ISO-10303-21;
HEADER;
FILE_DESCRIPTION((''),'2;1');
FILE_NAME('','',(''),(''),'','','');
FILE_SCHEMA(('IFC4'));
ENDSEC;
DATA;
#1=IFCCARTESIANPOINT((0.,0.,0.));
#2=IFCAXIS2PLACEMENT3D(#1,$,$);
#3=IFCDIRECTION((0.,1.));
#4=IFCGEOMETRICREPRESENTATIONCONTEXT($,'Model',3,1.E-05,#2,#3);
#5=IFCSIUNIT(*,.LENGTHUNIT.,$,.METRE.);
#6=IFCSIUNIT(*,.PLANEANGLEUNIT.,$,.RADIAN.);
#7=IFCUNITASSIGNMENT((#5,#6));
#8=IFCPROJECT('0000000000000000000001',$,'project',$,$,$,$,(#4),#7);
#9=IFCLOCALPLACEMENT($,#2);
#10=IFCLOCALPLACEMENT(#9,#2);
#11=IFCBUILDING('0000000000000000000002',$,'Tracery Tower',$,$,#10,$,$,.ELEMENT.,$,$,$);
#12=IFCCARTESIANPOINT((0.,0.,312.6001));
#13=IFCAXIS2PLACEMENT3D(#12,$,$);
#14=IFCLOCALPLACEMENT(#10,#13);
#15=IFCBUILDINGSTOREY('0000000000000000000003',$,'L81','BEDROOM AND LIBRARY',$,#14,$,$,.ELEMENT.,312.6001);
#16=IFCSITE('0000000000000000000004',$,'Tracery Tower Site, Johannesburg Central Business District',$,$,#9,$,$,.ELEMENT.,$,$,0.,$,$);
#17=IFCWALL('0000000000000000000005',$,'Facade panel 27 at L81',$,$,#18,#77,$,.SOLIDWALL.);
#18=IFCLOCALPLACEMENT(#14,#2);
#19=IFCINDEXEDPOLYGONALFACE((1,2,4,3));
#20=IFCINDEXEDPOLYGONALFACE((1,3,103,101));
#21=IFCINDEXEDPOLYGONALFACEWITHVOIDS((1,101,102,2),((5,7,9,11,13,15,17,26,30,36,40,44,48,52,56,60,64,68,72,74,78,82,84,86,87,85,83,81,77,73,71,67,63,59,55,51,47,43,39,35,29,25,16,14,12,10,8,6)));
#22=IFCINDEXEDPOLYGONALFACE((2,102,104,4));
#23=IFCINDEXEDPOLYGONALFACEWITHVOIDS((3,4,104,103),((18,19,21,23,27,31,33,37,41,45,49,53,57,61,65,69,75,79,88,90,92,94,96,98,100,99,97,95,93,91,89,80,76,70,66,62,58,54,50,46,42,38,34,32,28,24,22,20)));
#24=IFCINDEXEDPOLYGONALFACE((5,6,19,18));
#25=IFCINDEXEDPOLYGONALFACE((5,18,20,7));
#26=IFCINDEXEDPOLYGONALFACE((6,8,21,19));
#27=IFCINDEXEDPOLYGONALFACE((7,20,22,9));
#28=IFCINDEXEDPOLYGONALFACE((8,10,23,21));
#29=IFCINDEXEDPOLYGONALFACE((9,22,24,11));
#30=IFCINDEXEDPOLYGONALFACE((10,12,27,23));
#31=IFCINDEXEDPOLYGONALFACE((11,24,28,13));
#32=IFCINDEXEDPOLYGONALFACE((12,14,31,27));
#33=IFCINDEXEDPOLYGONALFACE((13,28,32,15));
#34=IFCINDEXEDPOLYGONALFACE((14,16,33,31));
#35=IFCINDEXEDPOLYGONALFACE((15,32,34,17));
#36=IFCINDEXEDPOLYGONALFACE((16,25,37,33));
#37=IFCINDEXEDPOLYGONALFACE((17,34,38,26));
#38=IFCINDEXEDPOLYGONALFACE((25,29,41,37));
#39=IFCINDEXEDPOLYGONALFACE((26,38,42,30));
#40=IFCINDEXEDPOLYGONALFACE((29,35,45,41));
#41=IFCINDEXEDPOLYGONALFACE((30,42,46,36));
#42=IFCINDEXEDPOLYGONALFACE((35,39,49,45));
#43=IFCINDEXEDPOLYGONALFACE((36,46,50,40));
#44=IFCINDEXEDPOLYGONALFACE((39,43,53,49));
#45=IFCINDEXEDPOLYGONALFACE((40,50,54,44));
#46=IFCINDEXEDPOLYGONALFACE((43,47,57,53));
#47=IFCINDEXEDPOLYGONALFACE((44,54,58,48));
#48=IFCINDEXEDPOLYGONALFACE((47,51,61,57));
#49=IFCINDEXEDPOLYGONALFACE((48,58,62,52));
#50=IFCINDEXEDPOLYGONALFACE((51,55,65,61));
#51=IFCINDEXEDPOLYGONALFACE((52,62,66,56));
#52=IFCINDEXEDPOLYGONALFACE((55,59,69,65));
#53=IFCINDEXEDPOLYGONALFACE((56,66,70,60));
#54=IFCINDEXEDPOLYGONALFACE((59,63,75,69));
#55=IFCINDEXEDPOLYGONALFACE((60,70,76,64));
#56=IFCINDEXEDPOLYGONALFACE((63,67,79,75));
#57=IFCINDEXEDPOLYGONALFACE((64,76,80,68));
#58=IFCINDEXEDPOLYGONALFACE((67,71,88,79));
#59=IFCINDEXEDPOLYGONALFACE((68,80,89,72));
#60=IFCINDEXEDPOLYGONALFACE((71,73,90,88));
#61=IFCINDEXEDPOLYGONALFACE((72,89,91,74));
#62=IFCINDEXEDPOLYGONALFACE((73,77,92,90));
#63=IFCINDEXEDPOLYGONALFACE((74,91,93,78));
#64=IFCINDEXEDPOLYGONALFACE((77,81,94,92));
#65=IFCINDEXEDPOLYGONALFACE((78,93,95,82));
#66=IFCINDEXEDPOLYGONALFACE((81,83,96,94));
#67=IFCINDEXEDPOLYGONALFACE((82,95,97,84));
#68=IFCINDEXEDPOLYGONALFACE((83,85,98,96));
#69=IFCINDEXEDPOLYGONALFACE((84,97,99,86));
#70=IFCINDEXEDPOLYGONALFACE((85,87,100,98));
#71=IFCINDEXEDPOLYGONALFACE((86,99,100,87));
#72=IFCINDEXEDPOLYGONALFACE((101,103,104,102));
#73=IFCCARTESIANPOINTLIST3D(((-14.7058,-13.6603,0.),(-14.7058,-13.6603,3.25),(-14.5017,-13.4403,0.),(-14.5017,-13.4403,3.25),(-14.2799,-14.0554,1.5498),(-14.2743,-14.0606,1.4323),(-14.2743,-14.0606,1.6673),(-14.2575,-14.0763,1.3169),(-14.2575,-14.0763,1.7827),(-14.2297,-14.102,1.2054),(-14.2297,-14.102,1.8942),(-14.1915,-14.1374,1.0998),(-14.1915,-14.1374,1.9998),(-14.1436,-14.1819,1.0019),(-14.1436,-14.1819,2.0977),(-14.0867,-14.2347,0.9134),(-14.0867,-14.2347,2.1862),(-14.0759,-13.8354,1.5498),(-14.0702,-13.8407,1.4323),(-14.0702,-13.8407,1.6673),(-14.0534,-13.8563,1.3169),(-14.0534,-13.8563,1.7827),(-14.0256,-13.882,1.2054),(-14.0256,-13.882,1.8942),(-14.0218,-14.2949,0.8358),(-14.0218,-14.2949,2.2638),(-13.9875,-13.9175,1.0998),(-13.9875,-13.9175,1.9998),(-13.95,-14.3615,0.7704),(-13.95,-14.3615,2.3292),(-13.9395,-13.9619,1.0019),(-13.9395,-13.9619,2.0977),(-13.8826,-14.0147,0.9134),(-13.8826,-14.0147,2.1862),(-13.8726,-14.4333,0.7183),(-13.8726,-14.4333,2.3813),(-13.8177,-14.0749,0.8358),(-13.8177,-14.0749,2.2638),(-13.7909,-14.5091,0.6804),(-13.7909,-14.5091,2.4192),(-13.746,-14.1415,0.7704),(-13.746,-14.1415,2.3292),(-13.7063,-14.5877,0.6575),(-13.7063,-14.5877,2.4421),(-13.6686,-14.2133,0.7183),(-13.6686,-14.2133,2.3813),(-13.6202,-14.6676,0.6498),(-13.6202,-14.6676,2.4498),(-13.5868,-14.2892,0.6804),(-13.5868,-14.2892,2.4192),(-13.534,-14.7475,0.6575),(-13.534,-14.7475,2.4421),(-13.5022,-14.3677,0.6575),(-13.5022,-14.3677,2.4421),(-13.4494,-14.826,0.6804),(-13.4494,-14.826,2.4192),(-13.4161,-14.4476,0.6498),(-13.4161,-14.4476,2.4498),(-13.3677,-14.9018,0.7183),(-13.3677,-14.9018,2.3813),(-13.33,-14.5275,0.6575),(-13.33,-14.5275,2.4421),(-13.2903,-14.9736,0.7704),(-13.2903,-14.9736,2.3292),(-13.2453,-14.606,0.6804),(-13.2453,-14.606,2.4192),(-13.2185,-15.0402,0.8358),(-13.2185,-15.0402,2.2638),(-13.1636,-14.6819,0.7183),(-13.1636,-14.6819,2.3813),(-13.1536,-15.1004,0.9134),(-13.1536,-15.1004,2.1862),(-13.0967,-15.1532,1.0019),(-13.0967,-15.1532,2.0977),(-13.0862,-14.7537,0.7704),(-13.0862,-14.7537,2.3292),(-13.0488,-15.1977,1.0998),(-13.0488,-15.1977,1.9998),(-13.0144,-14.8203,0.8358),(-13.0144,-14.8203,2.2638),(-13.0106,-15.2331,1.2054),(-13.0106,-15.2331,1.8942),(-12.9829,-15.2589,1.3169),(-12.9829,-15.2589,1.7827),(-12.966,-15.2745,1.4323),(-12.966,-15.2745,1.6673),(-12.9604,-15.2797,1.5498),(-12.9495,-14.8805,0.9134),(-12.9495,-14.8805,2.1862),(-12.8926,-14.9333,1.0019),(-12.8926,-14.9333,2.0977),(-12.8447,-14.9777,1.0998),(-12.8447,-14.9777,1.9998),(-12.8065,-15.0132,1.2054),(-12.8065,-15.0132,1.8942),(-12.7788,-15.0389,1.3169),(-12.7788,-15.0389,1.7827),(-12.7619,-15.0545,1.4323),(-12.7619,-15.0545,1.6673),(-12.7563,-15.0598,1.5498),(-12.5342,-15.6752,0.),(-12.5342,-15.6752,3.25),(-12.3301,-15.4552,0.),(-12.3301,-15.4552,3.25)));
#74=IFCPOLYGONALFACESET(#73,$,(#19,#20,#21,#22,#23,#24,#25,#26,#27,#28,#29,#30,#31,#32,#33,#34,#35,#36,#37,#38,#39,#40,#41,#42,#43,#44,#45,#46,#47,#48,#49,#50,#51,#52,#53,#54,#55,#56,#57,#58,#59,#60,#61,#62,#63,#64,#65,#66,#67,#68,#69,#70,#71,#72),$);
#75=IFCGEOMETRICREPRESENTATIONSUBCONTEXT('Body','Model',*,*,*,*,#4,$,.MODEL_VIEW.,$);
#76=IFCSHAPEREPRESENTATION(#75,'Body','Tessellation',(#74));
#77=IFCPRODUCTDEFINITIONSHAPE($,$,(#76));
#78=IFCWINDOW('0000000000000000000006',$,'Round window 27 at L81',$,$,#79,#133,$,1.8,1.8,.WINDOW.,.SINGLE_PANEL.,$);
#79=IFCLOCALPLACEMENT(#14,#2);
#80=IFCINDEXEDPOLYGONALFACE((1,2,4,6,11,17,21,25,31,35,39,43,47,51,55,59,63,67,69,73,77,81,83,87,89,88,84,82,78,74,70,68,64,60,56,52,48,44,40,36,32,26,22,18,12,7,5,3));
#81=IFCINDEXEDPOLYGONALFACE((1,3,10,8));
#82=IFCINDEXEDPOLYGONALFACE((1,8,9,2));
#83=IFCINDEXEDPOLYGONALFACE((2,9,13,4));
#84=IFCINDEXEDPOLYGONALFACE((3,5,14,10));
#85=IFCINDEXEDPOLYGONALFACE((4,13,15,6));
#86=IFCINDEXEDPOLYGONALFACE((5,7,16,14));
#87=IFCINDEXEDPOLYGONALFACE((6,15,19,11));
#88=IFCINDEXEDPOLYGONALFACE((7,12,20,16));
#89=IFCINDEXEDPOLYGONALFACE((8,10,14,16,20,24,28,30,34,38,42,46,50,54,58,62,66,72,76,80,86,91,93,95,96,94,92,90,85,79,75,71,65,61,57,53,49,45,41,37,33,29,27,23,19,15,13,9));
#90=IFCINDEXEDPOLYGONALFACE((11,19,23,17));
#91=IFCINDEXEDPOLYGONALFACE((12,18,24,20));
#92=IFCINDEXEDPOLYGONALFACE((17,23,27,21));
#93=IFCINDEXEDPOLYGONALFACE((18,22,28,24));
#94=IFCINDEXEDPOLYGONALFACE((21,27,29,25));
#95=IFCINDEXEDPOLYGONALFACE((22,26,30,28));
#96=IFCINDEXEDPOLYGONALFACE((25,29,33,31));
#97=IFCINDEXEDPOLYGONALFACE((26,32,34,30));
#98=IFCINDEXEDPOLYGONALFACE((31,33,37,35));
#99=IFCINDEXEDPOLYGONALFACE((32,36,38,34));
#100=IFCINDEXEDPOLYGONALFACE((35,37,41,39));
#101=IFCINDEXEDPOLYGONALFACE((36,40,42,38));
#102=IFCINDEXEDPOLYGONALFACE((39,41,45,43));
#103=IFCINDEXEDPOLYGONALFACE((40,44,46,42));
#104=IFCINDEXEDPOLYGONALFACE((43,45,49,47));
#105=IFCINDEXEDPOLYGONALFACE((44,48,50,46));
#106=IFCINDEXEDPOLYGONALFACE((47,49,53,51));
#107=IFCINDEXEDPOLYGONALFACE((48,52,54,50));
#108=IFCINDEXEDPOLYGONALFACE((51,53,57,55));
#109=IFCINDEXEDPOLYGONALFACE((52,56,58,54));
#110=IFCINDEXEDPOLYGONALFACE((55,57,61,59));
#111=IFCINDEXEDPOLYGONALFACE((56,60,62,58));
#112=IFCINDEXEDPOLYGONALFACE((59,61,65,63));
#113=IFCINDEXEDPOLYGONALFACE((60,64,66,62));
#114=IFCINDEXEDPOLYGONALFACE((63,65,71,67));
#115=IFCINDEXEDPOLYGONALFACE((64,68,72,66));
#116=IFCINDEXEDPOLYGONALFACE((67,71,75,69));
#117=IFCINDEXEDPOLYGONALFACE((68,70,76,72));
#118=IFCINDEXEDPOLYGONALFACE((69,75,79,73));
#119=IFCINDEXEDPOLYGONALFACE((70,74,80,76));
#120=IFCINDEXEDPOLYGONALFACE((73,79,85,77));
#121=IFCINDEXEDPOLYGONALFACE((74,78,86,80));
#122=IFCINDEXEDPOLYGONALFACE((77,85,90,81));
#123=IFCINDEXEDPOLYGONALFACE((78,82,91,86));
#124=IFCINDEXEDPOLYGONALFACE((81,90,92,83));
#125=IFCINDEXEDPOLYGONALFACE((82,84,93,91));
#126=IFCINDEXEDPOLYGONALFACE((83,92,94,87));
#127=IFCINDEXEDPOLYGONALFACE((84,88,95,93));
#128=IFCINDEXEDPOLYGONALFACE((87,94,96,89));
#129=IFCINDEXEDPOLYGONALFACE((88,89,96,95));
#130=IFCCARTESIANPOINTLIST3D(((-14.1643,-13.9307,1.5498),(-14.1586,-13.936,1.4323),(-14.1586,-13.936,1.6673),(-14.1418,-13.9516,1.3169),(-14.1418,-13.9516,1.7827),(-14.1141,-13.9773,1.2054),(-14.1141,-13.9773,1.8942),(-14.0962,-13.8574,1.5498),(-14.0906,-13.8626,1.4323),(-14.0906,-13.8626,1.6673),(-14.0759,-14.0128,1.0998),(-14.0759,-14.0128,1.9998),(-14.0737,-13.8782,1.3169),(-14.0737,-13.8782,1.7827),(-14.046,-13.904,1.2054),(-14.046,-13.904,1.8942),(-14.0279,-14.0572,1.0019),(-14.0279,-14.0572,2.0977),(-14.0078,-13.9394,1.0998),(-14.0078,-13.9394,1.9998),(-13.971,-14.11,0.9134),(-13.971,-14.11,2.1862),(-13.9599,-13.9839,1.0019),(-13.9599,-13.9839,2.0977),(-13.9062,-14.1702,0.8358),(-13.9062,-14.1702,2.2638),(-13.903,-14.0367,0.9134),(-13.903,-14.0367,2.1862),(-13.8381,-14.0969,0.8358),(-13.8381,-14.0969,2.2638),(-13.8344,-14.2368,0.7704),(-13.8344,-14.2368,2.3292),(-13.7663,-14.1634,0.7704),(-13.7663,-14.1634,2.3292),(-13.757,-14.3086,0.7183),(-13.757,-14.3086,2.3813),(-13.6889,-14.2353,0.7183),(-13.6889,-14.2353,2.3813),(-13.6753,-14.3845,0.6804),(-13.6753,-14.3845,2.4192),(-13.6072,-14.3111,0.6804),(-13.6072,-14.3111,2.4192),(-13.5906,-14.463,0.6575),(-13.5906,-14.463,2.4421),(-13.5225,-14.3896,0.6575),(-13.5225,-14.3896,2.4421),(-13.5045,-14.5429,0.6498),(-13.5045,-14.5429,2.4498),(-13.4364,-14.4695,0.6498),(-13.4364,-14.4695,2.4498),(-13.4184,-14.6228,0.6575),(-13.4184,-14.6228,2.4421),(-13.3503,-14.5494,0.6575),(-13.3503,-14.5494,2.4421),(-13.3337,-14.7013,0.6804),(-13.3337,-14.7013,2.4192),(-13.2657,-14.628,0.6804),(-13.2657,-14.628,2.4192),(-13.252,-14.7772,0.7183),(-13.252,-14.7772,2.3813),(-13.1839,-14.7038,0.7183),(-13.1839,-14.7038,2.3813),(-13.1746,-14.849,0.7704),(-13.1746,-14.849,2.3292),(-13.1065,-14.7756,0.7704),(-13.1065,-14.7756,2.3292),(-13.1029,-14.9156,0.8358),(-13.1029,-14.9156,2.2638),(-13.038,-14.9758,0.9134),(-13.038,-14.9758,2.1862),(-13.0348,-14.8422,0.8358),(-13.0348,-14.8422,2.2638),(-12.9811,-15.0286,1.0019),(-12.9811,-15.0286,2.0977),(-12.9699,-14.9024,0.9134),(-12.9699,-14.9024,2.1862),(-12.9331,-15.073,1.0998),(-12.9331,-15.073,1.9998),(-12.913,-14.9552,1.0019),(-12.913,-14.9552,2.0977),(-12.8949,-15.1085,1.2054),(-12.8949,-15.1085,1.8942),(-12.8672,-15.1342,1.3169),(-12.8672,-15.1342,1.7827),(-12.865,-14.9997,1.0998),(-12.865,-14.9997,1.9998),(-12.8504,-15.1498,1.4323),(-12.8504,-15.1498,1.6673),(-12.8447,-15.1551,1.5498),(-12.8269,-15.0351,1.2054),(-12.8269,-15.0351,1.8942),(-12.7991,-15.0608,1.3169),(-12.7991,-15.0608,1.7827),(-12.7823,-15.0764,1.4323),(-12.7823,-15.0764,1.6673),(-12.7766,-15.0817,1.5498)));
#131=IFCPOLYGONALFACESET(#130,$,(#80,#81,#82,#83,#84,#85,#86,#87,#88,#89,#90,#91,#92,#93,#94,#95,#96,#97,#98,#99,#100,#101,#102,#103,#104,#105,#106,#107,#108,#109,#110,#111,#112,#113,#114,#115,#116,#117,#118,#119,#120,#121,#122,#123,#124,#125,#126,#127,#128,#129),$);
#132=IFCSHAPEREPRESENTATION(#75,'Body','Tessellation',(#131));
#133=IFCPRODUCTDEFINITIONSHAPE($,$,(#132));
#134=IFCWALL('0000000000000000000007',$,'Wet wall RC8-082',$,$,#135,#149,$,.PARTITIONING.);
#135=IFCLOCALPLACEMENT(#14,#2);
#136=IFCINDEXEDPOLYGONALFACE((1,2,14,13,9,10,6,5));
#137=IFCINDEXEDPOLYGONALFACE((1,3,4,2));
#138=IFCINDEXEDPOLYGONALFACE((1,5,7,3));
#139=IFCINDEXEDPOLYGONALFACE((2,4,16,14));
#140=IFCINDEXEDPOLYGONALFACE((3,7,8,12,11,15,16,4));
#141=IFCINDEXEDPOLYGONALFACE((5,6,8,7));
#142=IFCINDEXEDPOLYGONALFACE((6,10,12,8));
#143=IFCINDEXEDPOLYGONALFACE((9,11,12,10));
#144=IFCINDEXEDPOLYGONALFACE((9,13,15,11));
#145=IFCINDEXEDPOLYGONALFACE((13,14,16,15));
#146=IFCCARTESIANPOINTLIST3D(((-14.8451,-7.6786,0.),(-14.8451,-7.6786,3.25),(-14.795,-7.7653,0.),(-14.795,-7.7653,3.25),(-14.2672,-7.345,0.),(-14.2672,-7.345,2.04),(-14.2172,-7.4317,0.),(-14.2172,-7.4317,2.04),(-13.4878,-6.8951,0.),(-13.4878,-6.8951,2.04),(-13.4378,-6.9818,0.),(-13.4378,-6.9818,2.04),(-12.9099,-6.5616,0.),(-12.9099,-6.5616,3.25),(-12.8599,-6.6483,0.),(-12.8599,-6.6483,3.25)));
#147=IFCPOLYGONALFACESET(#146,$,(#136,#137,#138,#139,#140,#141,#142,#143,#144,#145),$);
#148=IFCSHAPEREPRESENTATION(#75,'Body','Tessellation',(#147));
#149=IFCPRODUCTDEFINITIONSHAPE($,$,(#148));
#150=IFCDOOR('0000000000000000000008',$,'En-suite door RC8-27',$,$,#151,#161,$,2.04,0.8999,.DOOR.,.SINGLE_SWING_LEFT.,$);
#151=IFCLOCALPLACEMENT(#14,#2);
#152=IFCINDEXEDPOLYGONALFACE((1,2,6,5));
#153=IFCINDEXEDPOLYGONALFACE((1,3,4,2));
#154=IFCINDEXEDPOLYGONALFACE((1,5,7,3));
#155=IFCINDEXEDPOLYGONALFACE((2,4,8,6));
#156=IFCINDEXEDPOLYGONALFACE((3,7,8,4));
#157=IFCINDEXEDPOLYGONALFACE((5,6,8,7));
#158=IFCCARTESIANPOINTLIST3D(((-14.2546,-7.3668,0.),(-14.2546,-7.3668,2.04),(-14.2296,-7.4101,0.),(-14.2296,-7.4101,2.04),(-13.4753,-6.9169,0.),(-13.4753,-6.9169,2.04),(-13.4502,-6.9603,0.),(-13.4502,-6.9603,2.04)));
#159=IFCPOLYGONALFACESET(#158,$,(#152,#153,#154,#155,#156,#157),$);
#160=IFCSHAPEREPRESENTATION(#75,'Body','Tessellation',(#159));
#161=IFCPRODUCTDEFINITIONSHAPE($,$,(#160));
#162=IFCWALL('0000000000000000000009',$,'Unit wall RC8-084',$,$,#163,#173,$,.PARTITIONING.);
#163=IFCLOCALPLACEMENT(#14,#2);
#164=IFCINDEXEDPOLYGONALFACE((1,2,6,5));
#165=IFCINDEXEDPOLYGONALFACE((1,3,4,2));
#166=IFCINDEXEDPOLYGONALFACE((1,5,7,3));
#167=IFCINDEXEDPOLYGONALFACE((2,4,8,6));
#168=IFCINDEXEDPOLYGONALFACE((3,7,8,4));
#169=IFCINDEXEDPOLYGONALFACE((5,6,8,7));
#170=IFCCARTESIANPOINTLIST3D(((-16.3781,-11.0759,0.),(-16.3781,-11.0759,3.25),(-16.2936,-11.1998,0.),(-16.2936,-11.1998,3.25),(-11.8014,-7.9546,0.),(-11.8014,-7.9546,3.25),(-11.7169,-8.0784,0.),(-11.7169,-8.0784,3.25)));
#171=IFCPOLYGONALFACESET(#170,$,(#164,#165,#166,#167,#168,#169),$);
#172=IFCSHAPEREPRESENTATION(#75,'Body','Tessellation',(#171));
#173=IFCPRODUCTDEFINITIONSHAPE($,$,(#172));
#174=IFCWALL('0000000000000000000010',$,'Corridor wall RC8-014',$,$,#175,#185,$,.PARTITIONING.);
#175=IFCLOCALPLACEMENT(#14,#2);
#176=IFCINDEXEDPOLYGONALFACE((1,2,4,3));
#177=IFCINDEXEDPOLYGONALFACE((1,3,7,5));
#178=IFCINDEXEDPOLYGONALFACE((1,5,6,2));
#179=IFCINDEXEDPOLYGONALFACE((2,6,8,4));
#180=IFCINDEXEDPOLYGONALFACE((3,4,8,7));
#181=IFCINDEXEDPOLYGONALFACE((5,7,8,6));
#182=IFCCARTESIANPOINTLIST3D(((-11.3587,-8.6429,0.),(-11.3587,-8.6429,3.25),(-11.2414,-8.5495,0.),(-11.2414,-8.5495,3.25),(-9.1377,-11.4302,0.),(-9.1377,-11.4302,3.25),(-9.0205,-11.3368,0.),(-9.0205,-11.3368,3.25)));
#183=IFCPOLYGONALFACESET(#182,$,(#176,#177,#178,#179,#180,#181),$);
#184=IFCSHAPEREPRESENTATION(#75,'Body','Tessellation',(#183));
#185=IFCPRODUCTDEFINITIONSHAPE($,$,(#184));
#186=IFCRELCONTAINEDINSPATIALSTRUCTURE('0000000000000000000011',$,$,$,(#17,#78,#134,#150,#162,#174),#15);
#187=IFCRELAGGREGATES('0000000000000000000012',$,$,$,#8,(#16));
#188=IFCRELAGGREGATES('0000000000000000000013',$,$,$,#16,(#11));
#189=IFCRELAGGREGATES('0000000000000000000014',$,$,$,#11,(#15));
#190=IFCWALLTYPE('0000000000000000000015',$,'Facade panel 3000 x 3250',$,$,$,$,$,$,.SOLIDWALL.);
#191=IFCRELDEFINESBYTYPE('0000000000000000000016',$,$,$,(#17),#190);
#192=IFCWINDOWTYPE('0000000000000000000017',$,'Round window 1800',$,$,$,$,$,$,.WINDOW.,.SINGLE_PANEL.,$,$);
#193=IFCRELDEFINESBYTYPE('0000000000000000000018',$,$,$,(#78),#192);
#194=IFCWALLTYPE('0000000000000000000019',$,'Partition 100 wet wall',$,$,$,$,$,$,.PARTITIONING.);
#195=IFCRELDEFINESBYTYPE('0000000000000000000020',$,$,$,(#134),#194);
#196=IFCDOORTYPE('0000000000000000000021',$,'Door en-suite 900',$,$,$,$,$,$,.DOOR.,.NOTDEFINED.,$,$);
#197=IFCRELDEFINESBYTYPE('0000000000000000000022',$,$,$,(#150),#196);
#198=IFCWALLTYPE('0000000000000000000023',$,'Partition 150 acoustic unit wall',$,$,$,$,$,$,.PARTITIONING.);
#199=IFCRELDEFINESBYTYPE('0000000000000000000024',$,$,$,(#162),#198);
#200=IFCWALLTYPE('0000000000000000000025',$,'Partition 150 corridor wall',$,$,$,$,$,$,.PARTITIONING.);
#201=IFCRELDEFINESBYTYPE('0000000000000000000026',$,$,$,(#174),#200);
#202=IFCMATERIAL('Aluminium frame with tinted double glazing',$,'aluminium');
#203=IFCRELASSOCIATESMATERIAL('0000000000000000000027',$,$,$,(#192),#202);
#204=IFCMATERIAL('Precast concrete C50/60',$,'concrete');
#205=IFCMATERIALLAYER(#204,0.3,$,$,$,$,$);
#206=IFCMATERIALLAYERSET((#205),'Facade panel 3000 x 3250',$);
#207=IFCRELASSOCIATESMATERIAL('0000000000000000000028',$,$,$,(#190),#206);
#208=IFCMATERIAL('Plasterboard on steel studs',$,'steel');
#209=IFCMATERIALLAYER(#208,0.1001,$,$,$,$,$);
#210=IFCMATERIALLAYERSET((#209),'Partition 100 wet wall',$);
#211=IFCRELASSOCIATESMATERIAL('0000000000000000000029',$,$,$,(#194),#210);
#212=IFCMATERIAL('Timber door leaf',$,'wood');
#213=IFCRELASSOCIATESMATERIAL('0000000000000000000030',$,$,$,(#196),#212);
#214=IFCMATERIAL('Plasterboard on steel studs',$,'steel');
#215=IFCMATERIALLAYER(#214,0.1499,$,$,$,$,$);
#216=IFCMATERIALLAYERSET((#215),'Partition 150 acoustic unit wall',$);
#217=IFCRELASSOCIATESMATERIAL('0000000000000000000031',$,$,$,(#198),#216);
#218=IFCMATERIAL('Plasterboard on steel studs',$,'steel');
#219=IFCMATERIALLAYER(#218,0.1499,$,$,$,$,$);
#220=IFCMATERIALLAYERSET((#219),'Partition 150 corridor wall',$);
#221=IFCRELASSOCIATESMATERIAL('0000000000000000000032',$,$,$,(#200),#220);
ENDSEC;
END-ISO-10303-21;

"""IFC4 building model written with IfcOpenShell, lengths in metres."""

from ifc_helpers import new_model, si_unit, direction, frame, frame_2d, origin, origin_2d, place, context, subcontext, project, spatial, rectangle, circle, extrude, material, layer, layer_set, type_object, element, fill, save


model = new_model("IFC4")

# Units and contexts
model_context = context("Model", 3, precision=1e-05, world=origin(), true_north=direction((0.0, 1.0)))
body_context = subcontext(model_context, "Body", "Model", "MODEL_VIEW")
ifc_project = project(units=[si_unit("LENGTHUNIT", "METRE"), si_unit("PLANEANGLEUNIT", "RADIAN")], contexts=[model_context])

# Site, building, storey
site_placement = place(None, origin())
site = spatial("IfcSite", under=ifc_project, at=site_placement, Name="Tracery Tower Site, Johannesburg Central Business District", CompositionType="ELEMENT", RefElevation=0.0)
building_placement = place(site_placement, origin())
building = spatial("IfcBuilding", under=site, at=building_placement, Name="Tracery Tower", CompositionType="ELEMENT")
storey_placement = place(building_placement, frame((0.0, 0.0, 312.6001)))
storey = spatial("IfcBuildingStorey", under=building, at=storey_placement, Name="L81", Description="BEDROOM AND LIBRARY", CompositionType="ELEMENT", Elevation=312.6001)

# Wall, opening, window
ifc_material_1 = material(Name="Aluminium frame with tinted double glazing", Category="aluminium")
window_type = type_object("IfcWindowType", Name="Round window 1800", PartitioningType="SINGLE_PANEL", PredefinedType="WINDOW", material=ifc_material_1)
ifc_material_2 = material(Name="Precast concrete C50/60", Category="concrete")
ifc_layer_1 = layer(ifc_material_2, 0.3)
ifc_layer_set_1 = layer_set([ifc_layer_1], Name="Facade panel 3000 x 3250")
wall_type_1 = type_object("IfcWallType", Name="Facade panel 3000 x 3250", PredefinedType="SOLIDWALL", material=ifc_layer_set_1)
wall_1_placement = place(storey_placement, frame((-14.6038, -13.5503, 0.0), z_axis=(0.0, 0.0, 1.0), x_axis=(0.733066, -0.680157, 0.0)))
wall_1 = element("IfcWall", 1, at=wall_1_placement, inside=storey, type_object=wall_type_1, Name="Facade panel 27 at L81", PredefinedType="SOLIDWALL", context=body_context, shape_type="SweptSolid", body=[
    extrude(rectangle(XDim=2.9624, YDim=0.3, at=frame_2d((1.4812, 0.0))), origin(), (0.0, 0.0, 1.0), 3.25),
])
opening_1_placement = place(wall_1_placement, frame((1.481, 0.0, 1.5498)))
opening_1 = element("IfcOpeningElement", 2, at=opening_1_placement, cuts=wall_1, PredefinedType="OPENING", context=body_context, shape_type="SweptSolid", body=[
    extrude(circle(Radius=0.9, at=origin_2d()), frame((0.0, 0.1599, 0.0), z_axis=(0.0, -1.0, 0.0), x_axis=(1.0, 0.0, 0.0)), (0.0, 0.0, 1.0), 0.3201),
])
window_1_placement = place(opening_1_placement, origin())
window_1 = element("IfcWindow", 3, at=window_1_placement, inside=storey, type_object=window_type, Name="Round window 27 at L81", OverallHeight=1.8, OverallWidth=1.8, PartitioningType="SINGLE_PANEL", PredefinedType="WINDOW", context=body_context, shape_type="SweptSolid", body=[
    extrude(circle(Radius=0.9, at=origin_2d()), frame((0.0, 0.1201, 0.0), z_axis=(0.0, -1.0, 0.0), x_axis=(1.0, 0.0, 0.0)), (0.0, 0.0, 1.0), 0.1001),
])
fill(opening_1, window_1)

# Wall, opening, door
ifc_material_3 = material(Name="Plasterboard on steel studs", Category="steel")
ifc_layer_2 = layer(ifc_material_3, 0.1001)
ifc_layer_set_2 = layer_set([ifc_layer_2], Name="Partition 100 wet wall")
wall_type_2 = type_object("IfcWallType", Name="Partition 100 wet wall", PredefinedType="PARTITIONING", material=ifc_layer_set_2)
wall_2_placement = place(storey_placement, frame((-14.8201, -7.7219, 0.0), z_axis=(0.0, 0.0, 1.0), x_axis=(0.866076, 0.499912, 0.0)))
wall_2 = element("IfcWall", 4, at=wall_2_placement, inside=storey, type_object=wall_type_2, Name="Wet wall RC8-082", PredefinedType="PARTITIONING", context=body_context, shape_type="SweptSolid", body=[
    extrude(rectangle(XDim=2.2344, YDim=0.1001, at=frame_2d((1.1172, 0.0))), origin(), (0.0, 0.0, 1.0), 3.25),
])
opening_2_placement = place(wall_2_placement, frame((0.6672, 0.0, 0.0)))
opening_2 = element("IfcOpeningElement", 5, at=opening_2_placement, cuts=wall_2, PredefinedType="OPENING", context=body_context, shape_type="SweptSolid", body=[
    extrude(rectangle(XDim=0.8999, YDim=2.04, at=frame_2d((0.45, 1.02))), frame((0.0, 0.05, 0.0), z_axis=(0.0, -1.0, 0.0), x_axis=(1.0, 0.0, 0.0)), (0.0, 0.0, 1.0), 0.1001),
])
ifc_material_4 = material(Name="Timber door leaf", Category="wood")
door_type = type_object("IfcDoorType", Name="Door en-suite 900", OperationType="NOTDEFINED", PredefinedType="DOOR", material=ifc_material_4)
door_placement = place(opening_2_placement, origin())
door = element("IfcDoor", 6, at=door_placement, inside=storey, type_object=door_type, Name="En-suite door RC8-27", OperationType="SINGLE_SWING_LEFT", OverallHeight=2.04, OverallWidth=0.8999, PredefinedType="DOOR", context=body_context, shape_type="SweptSolid", body=[
    extrude(rectangle(XDim=0.8999, YDim=2.04, at=frame_2d((0.45, 1.02))), frame((0.0, 0.0249, 0.0), z_axis=(0.0, -1.0, 0.0), x_axis=(1.0, 0.0, 0.0)), (0.0, 0.0, 1.0), 0.05),
])
fill(opening_2, door)

# Walls
ifc_material_5 = material(Name="Plasterboard on steel studs", Category="steel")
ifc_layer_3 = layer(ifc_material_5, 0.1499)
ifc_layer_set_3 = layer_set([ifc_layer_3], Name="Partition 150 acoustic unit wall")
wall_type_3 = type_object("IfcWallType", Name="Partition 150 acoustic unit wall", PredefinedType="PARTITIONING", material=ifc_layer_set_3)
wall_3_placement = place(storey_placement, frame((-16.3359, -11.1379, 0.0), z_axis=(0.0, 0.0, 1.0), x_axis=(0.826153, 0.563446, 0.0)))
element("IfcWall", 7, at=wall_3_placement, inside=storey, type_object=wall_type_3, Name="Unit wall RC8-084", PredefinedType="PARTITIONING", context=body_context, shape_type="SweptSolid", body=[
    extrude(rectangle(XDim=5.5398, YDim=0.1499, at=frame_2d((2.77, 0.0))), origin(), (0.0, 0.0, 1.0), 3.25),
])
ifc_material_6 = material(Name="Plasterboard on steel studs", Category="steel")
ifc_layer_4 = layer(ifc_material_6, 0.1499)
ifc_layer_set_4 = layer_set([ifc_layer_4], Name="Partition 150 corridor wall")
wall_type_4 = type_object("IfcWallType", Name="Partition 150 corridor wall", PredefinedType="PARTITIONING", material=ifc_layer_set_4)
wall_4_placement = place(storey_placement, frame((-11.3, -8.5962, 0.0), z_axis=(0.0, 0.0, 1.0), x_axis=(0.623165, -0.78209, 0.0)))
element("IfcWall", 8, at=wall_4_placement, inside=storey, type_object=wall_type_4, Name="Corridor wall RC8-014", PredefinedType="PARTITIONING", context=body_context, shape_type="SweptSolid", body=[
    extrude(rectangle(XDim=3.564, YDim=0.1499, at=frame_2d((1.782, 0.0))), origin(), (0.0, 0.0, 1.0), 3.25),
])

save(model, "model.ifc")
